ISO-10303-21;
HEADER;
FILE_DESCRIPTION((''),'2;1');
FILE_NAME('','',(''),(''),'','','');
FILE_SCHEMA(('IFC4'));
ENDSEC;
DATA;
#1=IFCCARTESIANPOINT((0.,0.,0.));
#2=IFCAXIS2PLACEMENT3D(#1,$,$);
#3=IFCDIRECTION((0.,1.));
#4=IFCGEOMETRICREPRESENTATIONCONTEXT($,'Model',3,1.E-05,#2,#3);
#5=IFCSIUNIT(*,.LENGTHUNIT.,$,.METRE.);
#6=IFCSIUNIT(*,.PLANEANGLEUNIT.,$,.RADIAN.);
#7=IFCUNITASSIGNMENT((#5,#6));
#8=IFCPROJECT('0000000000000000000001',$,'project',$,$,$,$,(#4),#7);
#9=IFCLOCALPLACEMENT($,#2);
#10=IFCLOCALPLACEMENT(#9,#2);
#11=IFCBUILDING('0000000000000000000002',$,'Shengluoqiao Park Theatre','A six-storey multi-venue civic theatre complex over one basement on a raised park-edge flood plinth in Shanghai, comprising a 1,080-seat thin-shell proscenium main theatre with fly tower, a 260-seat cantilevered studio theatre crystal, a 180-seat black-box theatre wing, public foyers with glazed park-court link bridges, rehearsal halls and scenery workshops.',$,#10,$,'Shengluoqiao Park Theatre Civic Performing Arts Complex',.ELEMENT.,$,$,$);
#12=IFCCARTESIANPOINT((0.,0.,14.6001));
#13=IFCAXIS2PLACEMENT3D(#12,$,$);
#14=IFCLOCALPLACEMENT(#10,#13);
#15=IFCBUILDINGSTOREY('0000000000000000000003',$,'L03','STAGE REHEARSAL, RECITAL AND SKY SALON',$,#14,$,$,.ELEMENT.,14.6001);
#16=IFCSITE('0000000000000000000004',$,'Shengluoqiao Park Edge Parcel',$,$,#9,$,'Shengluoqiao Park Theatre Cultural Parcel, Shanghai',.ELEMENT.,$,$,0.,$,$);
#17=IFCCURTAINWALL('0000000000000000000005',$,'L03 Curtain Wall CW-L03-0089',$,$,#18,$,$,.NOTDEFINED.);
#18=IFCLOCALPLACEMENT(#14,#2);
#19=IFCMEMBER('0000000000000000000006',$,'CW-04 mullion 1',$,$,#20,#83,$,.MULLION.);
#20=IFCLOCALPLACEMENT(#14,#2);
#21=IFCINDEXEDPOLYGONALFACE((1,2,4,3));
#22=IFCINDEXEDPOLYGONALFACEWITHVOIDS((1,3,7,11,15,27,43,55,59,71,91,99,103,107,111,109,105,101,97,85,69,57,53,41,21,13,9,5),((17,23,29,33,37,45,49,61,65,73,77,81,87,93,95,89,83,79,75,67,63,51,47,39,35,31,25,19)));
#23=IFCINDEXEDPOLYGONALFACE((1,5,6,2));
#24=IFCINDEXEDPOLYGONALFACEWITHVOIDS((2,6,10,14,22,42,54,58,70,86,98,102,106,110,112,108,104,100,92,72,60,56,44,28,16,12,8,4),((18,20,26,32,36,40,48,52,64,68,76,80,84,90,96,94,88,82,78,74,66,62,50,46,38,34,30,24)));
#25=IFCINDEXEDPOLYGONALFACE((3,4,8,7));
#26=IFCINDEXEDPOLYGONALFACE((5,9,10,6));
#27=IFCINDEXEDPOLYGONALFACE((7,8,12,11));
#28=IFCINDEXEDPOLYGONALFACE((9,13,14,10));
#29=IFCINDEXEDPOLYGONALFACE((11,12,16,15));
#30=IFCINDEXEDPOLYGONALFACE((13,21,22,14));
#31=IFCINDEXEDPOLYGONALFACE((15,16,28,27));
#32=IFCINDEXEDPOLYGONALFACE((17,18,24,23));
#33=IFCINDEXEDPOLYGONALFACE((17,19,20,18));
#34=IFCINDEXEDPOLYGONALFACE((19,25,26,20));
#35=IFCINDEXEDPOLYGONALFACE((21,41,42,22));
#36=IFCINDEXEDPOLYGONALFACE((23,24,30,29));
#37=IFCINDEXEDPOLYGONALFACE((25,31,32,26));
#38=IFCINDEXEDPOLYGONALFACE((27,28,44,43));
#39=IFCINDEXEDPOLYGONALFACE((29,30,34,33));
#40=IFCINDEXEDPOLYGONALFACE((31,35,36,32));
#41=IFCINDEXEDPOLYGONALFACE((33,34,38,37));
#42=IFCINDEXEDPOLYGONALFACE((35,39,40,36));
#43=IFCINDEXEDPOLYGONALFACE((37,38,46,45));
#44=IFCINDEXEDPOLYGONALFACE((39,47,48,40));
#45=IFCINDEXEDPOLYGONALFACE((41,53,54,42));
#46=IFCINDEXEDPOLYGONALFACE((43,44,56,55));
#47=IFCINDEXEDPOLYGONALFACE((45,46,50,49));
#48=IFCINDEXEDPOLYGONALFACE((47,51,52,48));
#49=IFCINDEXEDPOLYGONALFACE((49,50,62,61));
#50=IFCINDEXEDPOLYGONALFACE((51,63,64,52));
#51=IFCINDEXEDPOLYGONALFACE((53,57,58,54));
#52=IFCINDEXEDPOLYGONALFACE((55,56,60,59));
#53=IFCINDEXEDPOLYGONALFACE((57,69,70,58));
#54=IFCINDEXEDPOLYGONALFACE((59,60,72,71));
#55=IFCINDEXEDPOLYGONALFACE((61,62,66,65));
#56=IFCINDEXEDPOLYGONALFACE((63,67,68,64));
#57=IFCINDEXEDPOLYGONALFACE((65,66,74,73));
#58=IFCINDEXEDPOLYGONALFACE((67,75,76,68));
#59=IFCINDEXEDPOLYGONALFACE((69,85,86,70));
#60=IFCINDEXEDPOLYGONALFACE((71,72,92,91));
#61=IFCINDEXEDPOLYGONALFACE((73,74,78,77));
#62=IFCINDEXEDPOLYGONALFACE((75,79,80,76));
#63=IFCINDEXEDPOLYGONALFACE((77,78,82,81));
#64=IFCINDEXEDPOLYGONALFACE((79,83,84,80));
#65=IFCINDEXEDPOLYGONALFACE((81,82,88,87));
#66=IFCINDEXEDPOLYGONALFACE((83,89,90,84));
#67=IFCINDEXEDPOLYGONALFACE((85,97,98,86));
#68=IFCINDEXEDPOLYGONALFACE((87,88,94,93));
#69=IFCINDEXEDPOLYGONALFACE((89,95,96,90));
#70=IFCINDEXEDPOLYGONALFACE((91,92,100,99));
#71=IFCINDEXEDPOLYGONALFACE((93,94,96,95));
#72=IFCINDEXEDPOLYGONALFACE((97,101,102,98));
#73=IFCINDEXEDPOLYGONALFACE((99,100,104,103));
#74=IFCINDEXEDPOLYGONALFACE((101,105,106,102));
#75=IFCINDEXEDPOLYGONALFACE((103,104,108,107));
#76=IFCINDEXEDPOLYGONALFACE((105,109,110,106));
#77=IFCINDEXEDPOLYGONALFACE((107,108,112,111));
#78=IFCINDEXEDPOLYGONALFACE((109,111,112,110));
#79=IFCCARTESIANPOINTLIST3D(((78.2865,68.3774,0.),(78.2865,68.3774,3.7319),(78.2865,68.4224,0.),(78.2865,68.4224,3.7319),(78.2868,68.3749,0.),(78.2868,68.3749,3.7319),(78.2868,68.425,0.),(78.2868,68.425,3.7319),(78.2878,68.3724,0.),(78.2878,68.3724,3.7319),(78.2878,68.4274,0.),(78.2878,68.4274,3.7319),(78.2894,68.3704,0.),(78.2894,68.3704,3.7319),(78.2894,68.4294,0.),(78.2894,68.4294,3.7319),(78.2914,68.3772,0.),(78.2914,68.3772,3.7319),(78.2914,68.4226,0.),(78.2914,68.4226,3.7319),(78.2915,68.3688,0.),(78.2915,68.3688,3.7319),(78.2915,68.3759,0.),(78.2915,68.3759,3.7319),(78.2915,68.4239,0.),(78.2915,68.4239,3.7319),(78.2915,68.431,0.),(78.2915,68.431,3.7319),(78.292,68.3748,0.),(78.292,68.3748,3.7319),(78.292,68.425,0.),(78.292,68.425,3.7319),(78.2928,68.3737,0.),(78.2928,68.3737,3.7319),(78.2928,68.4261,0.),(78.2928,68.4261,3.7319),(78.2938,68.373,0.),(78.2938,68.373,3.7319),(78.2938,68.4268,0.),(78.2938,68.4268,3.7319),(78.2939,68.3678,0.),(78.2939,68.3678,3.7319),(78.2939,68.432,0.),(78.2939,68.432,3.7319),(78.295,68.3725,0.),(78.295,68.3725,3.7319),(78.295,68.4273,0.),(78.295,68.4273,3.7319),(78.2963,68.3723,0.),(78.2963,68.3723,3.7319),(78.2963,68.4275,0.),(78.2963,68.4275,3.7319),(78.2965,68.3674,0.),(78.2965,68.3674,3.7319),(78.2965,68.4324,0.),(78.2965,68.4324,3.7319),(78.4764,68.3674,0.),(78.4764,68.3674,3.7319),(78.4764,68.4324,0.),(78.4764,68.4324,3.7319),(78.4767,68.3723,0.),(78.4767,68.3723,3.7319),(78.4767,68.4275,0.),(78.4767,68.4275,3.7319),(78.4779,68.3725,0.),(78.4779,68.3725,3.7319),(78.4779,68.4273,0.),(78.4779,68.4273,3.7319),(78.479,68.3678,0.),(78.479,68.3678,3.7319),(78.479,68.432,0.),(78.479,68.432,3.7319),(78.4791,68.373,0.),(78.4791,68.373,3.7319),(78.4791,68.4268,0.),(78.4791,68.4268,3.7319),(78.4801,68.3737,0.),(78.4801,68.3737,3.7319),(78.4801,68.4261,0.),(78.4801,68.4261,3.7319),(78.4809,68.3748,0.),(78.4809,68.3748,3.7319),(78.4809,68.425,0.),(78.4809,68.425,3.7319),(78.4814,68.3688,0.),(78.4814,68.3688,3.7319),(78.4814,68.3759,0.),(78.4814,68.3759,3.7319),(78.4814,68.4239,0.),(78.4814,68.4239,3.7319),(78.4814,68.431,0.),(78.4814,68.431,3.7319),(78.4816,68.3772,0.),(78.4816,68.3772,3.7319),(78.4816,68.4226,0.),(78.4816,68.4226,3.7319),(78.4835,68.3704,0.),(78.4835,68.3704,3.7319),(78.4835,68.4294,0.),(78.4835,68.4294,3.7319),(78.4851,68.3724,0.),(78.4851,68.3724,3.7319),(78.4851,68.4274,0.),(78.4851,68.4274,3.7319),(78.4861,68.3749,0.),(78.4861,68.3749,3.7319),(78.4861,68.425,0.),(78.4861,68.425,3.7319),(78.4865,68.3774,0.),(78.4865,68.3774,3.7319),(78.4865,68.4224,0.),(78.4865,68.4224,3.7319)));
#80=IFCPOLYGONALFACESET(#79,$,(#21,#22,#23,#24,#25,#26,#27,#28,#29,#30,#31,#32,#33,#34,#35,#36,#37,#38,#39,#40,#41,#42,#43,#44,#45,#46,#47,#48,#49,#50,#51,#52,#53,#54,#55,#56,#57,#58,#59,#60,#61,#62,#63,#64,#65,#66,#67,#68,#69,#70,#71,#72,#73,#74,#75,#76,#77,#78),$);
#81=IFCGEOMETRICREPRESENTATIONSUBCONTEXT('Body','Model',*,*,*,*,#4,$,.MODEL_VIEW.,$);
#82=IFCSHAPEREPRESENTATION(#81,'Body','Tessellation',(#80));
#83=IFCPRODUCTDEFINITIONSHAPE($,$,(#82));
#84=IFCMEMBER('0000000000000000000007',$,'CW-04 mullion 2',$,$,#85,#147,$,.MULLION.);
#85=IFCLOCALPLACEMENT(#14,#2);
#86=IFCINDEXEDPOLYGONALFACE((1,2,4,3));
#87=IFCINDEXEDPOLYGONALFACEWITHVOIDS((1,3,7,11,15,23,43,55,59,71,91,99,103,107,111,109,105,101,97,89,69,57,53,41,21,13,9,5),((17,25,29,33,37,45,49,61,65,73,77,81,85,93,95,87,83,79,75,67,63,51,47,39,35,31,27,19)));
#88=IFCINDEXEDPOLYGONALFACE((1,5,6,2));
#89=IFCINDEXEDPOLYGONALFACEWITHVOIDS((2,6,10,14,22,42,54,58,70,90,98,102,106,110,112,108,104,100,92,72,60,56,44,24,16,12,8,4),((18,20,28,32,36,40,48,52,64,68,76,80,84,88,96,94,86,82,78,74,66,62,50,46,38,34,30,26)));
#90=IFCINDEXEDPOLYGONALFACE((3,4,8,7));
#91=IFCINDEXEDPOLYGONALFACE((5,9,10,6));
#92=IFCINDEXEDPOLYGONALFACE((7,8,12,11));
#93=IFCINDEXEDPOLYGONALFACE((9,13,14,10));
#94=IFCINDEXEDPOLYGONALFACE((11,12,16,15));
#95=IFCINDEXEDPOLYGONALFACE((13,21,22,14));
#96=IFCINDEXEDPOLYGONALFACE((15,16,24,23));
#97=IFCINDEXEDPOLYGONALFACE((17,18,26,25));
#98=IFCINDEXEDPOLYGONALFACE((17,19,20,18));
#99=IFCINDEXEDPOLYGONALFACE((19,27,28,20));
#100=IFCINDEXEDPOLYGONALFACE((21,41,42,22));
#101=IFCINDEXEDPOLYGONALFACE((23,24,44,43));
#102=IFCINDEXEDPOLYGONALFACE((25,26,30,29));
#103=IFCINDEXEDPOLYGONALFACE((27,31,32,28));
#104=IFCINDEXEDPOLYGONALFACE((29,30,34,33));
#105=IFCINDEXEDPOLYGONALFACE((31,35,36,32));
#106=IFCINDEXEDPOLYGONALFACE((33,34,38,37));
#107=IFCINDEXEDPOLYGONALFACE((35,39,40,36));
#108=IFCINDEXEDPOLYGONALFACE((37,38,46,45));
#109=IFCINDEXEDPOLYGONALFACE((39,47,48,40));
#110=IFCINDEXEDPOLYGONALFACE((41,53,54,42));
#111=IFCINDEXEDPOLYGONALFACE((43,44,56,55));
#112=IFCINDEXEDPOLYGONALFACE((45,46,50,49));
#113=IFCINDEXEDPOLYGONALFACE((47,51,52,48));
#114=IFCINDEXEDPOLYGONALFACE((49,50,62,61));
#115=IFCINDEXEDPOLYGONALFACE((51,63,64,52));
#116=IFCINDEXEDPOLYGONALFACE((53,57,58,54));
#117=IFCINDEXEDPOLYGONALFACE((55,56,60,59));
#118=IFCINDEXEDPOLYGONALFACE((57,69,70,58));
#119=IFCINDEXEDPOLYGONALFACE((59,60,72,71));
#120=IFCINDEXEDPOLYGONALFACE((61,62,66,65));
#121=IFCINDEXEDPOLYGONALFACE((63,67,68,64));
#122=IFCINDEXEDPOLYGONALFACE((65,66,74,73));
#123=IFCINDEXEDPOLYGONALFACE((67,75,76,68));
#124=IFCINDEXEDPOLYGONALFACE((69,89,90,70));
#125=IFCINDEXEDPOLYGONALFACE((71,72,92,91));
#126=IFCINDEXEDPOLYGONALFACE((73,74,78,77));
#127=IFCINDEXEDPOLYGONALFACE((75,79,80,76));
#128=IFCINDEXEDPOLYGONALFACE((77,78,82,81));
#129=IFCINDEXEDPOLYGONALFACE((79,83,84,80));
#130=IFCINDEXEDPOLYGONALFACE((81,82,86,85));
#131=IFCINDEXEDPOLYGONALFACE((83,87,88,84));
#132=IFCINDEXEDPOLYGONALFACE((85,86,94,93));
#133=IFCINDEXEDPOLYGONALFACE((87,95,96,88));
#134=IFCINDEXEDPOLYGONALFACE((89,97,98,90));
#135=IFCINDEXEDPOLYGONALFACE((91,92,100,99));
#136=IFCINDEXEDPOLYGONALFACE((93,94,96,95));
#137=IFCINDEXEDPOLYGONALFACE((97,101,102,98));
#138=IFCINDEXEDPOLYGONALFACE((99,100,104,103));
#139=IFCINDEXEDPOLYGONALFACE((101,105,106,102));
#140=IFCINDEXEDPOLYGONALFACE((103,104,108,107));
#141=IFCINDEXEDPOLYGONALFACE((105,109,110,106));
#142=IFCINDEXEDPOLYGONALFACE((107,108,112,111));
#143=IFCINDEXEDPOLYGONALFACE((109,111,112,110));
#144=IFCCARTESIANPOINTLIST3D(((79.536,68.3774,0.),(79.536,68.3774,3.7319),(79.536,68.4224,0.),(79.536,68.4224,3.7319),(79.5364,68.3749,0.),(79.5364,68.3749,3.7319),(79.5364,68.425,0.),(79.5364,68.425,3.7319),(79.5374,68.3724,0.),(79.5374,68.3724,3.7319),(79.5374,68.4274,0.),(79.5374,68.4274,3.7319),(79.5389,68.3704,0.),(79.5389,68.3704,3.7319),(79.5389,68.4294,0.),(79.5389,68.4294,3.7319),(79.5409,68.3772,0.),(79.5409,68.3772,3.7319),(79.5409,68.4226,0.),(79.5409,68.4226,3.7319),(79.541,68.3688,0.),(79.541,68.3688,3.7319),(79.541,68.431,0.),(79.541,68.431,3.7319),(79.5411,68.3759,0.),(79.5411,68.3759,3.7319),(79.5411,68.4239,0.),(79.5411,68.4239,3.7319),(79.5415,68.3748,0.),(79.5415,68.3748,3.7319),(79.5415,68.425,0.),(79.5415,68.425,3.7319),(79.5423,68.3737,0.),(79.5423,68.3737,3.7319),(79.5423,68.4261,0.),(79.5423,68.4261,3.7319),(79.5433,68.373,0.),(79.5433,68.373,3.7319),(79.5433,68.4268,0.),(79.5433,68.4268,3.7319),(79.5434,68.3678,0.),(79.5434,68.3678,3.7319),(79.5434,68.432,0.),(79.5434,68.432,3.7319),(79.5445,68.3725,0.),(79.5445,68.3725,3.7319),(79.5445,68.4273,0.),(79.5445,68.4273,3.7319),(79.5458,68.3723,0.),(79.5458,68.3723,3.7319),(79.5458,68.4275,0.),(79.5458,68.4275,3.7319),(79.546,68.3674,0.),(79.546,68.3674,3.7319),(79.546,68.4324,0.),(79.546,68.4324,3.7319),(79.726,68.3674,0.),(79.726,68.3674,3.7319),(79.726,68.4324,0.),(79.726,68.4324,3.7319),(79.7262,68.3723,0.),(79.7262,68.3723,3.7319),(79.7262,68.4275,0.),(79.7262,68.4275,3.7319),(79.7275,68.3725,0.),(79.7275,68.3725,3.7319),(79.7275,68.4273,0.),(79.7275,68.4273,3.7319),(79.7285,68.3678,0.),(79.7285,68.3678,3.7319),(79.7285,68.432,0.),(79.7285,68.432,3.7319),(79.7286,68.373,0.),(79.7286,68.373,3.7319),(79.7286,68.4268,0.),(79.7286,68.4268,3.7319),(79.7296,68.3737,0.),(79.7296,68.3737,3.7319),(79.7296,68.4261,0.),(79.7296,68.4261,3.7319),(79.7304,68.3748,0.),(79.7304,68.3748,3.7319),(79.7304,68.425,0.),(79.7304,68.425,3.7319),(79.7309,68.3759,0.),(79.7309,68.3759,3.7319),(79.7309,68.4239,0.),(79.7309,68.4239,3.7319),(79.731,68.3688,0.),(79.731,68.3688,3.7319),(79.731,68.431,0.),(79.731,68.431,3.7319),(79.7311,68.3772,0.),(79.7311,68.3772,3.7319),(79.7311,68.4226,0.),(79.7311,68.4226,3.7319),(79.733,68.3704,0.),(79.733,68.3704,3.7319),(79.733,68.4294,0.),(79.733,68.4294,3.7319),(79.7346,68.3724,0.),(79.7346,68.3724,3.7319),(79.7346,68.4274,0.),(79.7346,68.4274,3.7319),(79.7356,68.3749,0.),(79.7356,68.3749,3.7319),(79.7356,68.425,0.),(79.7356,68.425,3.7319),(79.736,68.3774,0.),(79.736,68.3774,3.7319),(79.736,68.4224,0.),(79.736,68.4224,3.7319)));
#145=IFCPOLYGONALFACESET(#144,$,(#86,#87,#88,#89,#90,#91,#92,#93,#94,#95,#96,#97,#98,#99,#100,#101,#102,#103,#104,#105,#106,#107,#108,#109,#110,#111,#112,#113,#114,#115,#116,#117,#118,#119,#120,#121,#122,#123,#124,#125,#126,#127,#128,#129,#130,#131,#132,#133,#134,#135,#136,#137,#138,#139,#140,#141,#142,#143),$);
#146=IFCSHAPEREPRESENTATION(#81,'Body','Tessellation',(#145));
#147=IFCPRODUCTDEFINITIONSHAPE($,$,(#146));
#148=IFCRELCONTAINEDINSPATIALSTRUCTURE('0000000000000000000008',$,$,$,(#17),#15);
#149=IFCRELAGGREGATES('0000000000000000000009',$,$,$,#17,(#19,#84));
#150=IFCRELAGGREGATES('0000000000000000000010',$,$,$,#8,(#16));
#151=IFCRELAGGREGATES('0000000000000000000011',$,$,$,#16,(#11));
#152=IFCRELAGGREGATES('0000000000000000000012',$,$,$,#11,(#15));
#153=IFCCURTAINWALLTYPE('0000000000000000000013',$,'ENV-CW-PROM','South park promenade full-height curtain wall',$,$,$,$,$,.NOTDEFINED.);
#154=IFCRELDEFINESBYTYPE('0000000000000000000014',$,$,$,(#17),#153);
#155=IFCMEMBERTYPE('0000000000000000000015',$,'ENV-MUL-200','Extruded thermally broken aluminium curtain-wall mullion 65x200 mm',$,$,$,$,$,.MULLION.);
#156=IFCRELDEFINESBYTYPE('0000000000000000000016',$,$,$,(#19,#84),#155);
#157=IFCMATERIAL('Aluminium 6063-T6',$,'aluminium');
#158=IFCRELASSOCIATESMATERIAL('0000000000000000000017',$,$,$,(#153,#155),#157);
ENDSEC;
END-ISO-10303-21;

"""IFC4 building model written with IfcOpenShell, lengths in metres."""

from ifc_helpers import new_model, si_unit, direction, frame, origin, origin_2d, place, context, subcontext, project, spatial, hollow_rectangle, extrude, material, material_profile, profile_set, type_object, element, aggregate, save


model = new_model("IFC4")

# Units and contexts
model_context = context("Model", 3, precision=1e-05, world=origin(), true_north=direction((0.0, 1.0)))
body_context = subcontext(model_context, "Body", "Model", "MODEL_VIEW")
ifc_project = project(units=[si_unit("LENGTHUNIT", "METRE"), si_unit("PLANEANGLEUNIT", "RADIAN")], contexts=[model_context])

# Site, building, storey
site_placement = place(None, origin())
site = spatial("IfcSite", under=ifc_project, at=site_placement, Name="Shengluoqiao Park Edge Parcel", LongName="Shengluoqiao Park Theatre Cultural Parcel, Shanghai", CompositionType="ELEMENT", RefElevation=0.0)
building_placement = place(site_placement, origin())
building = spatial("IfcBuilding", under=site, at=building_placement, Name="Shengluoqiao Park Theatre", Description="A six-storey multi-venue civic theatre complex over one basement on a raised park-edge flood plinth in Shanghai, comprising a 1,080-seat thin-shell proscenium main theatre with fly tower, a 260-seat cantilevered studio theatre crystal, a 180-seat black-box theatre wing, public foyers with glazed park-court link bridges, rehearsal halls and scenery workshops.", LongName="Shengluoqiao Park Theatre Civic Performing Arts Complex", CompositionType="ELEMENT")
storey_placement = place(building_placement, frame((0.0, 0.0, 14.6001)))
storey = spatial("IfcBuildingStorey", under=building, at=storey_placement, Name="L03", Description="STAGE REHEARSAL, RECITAL AND SKY SALON", CompositionType="ELEMENT", Elevation=14.6001)

# Curtain wall, members
ifc_material_1 = material(Name="Aluminium 6063-T6", Category="aluminium")
curtain_wall_type = type_object("IfcCurtainWallType", Name="ENV-CW-PROM", Description="South park promenade full-height curtain wall", PredefinedType="NOTDEFINED", material=ifc_material_1)
ifc_material_profile_1 = material_profile(ifc_material_1, hollow_rectangle(XDim=0.0649, YDim=0.2, WallThickness=0.0049, InnerFilletRadius=0.0049, OuterFilletRadius=0.01, at=origin_2d()), Name="ALU MULLION 200x65x5")
ifc_profile_set_1 = profile_set([ifc_material_profile_1], Name="Aluminium 6063-T6")
member_type_1 = type_object("IfcMemberType", Name="ENV-MUL-200", Description="Extruded thermally broken aluminium curtain-wall mullion 65x200 mm", PredefinedType="MULLION", material=ifc_profile_set_1)
curtain_wall_1_placement = place(storey_placement, origin())
curtain_wall_1 = element("IfcCurtainWall", 1, at=curtain_wall_1_placement, inside=storey, type_object=curtain_wall_type, Name="L03 Curtain Wall CW-L03-0089", PredefinedType="NOTDEFINED")
member_1_placement = place(storey_placement, frame((78.3865, 68.3999, 0.0), z_axis=(0.0, 0.0, 1.0), x_axis=(0.0, 1.0, 0.0)))
member_1 = element("IfcMember", 2, at=member_1_placement, type_object=member_type_1, Name="CW-04 mullion 1", PredefinedType="MULLION", context=body_context, shape_type="SweptSolid", body=[
    extrude(hollow_rectangle(XDim=0.0649, YDim=0.2, WallThickness=0.0049, InnerFilletRadius=0.0049, OuterFilletRadius=0.01, at=origin_2d()), origin(), (0.0, 0.0, 1.0), 3.7319),
])
member_2_placement = place(storey_placement, frame((79.636, 68.3999, 0.0), z_axis=(0.0, 0.0, 1.0), x_axis=(0.0, 1.0, 0.0)))
member_2 = element("IfcMember", 3, at=member_2_placement, type_object=member_type_1, Name="CW-04 mullion 2", PredefinedType="MULLION", context=body_context, shape_type="SweptSolid", body=[
    extrude(hollow_rectangle(XDim=0.0649, YDim=0.2, WallThickness=0.0049, InnerFilletRadius=0.0049, OuterFilletRadius=0.01, at=origin_2d()), origin(), (0.0, 0.0, 1.0), 3.7319),
])

aggregate(curtain_wall_1, [member_1, member_2])

save(model, "model.ifc")
